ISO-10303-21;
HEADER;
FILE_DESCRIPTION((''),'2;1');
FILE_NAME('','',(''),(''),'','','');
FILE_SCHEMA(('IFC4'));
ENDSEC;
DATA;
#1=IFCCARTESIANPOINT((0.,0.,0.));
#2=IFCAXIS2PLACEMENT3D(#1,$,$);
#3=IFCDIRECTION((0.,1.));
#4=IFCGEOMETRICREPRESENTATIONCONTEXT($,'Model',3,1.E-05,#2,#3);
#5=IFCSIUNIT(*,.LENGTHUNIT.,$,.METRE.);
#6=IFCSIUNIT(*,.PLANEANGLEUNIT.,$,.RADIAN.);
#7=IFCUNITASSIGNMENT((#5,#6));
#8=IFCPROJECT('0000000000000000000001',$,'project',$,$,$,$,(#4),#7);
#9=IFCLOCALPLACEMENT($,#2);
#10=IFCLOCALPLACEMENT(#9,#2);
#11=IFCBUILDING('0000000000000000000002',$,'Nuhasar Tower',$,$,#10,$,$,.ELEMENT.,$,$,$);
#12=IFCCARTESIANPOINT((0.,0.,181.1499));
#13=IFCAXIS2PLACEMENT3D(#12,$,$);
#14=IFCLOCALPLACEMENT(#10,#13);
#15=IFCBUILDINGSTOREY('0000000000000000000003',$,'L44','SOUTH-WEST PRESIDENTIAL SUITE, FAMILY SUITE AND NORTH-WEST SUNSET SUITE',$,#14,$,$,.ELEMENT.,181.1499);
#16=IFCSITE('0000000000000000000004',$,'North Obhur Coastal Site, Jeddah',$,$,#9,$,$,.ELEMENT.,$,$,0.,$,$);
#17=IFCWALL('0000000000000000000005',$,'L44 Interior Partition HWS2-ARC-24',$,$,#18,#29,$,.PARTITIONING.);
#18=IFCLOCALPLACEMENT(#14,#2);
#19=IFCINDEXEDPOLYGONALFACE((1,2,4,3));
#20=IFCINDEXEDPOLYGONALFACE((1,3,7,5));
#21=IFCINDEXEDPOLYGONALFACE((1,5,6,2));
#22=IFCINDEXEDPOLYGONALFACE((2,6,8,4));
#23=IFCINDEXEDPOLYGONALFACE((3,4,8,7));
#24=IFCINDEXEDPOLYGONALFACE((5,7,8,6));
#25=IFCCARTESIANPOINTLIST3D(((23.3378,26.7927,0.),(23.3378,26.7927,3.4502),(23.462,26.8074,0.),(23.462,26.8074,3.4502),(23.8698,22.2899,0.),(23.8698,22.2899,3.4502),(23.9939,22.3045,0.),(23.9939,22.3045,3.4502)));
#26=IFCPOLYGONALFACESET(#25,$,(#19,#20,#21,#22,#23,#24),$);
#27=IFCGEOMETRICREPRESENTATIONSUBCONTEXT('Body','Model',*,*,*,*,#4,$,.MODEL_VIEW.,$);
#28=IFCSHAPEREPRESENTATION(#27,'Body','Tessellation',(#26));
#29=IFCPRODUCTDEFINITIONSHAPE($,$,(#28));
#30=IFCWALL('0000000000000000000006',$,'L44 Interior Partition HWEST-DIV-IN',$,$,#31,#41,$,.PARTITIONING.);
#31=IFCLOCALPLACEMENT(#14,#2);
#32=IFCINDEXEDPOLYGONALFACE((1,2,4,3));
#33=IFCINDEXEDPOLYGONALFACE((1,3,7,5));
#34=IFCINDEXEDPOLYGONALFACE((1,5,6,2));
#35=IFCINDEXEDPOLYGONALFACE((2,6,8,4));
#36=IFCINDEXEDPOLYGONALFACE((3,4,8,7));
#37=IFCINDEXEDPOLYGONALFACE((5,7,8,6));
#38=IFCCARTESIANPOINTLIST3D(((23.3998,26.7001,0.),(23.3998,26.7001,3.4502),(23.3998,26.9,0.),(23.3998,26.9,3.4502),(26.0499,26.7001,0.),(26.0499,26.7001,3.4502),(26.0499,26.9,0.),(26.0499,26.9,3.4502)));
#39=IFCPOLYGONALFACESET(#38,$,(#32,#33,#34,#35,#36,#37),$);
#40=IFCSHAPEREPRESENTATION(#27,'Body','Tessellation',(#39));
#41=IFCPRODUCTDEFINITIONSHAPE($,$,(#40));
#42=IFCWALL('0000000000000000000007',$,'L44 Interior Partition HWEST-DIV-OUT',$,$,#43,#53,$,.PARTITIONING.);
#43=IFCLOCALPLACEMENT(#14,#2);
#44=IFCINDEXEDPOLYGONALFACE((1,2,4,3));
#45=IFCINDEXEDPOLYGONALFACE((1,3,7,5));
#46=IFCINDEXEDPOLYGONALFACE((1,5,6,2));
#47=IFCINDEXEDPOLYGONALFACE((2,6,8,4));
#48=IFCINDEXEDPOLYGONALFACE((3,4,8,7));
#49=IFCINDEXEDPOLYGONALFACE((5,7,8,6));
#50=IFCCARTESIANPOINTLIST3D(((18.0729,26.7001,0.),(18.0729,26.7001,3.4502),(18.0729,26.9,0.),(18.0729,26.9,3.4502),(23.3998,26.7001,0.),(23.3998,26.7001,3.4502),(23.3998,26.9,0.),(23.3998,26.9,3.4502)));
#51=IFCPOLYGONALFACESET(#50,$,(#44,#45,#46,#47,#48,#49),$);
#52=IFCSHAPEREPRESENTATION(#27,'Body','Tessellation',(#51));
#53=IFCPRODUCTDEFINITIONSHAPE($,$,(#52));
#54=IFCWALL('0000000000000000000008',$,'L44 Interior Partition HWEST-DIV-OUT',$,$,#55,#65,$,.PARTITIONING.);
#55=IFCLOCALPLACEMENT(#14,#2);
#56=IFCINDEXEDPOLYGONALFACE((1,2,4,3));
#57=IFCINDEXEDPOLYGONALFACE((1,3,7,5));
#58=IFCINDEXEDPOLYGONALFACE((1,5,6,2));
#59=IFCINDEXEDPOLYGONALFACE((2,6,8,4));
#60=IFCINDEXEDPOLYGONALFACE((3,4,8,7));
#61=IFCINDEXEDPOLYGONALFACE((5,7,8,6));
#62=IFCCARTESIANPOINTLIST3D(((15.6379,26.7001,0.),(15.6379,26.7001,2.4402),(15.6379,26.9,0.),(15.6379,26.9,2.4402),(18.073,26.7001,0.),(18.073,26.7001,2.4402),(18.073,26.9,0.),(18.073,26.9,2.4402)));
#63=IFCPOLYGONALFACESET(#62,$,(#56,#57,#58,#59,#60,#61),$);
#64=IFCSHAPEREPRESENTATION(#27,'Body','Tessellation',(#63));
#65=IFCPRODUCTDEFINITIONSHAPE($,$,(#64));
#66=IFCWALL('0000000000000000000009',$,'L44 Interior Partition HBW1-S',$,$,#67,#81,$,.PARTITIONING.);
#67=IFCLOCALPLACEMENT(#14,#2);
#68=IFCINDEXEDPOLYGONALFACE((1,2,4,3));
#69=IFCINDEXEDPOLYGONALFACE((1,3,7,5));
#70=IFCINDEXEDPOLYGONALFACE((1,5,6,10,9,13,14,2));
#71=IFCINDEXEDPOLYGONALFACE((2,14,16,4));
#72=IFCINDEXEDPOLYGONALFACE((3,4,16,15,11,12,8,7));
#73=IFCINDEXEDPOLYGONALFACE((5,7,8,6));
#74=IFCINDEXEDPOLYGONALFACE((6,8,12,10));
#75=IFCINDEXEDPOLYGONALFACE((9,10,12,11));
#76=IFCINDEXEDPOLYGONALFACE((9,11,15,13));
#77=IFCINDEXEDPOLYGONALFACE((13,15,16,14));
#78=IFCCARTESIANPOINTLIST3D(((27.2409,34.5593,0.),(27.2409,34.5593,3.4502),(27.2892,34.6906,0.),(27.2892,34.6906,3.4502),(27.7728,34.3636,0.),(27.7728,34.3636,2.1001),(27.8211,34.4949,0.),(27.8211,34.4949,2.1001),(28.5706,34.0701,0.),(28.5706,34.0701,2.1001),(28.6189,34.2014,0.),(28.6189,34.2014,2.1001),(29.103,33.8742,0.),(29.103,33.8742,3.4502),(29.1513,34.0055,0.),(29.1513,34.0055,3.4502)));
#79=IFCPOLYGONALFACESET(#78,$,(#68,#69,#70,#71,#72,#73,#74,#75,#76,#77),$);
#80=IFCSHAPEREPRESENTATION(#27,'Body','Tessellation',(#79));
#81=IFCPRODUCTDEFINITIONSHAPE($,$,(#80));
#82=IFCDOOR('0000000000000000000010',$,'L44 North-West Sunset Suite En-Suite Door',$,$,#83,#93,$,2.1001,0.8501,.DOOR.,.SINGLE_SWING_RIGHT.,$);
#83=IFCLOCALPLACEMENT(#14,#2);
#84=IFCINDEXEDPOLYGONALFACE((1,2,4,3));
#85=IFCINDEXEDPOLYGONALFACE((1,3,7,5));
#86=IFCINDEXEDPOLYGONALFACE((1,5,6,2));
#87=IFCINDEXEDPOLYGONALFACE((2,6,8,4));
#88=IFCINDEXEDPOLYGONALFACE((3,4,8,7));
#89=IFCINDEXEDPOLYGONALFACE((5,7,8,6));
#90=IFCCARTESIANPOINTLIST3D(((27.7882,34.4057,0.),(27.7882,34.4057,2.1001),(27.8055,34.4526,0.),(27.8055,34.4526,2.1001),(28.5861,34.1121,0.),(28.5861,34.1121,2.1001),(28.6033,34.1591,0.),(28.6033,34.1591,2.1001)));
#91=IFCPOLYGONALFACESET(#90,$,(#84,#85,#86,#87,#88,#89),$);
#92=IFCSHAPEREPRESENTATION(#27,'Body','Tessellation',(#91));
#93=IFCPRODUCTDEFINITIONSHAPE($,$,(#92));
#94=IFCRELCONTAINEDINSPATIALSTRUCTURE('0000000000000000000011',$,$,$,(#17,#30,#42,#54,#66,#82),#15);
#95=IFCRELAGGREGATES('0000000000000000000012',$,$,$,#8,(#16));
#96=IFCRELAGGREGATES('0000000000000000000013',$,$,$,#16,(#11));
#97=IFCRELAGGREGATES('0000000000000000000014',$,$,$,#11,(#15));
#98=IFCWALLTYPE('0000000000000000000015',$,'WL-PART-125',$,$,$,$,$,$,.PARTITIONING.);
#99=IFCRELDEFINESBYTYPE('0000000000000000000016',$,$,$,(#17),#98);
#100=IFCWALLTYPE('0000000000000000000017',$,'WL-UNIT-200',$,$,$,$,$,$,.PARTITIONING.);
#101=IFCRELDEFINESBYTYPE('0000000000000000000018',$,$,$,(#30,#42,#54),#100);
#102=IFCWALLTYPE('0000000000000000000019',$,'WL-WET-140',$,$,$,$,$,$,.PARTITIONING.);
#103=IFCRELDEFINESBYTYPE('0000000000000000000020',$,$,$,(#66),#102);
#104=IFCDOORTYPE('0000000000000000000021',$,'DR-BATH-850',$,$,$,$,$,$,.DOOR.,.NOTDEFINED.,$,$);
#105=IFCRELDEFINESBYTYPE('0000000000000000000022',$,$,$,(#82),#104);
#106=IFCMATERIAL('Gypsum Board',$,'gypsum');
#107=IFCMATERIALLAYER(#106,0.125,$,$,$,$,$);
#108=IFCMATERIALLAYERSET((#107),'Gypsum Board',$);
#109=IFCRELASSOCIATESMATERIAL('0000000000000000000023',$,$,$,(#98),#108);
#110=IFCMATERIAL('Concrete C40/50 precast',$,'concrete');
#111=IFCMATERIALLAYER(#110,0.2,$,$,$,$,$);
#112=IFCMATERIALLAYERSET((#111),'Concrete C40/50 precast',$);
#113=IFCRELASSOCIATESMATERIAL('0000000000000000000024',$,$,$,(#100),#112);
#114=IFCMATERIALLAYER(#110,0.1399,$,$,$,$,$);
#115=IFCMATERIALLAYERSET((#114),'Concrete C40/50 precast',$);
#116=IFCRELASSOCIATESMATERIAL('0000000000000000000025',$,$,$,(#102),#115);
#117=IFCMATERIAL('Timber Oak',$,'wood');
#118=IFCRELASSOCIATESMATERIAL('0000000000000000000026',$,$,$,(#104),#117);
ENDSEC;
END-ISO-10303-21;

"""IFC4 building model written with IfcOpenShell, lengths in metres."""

from ifc_helpers import new_model, si_unit, direction, frame, frame_2d, origin, place, context, subcontext, project, spatial, rectangle, extrude, material, layer, layer_set, type_object, element, fill, save


model = new_model("IFC4")

# Units and contexts
model_context = context("Model", 3, precision=1e-05, world=origin(), true_north=direction((0.0, 1.0)))
body_context = subcontext(model_context, "Body", "Model", "MODEL_VIEW")
ifc_project = project(units=[si_unit("LENGTHUNIT", "METRE"), si_unit("PLANEANGLEUNIT", "RADIAN")], contexts=[model_context])

# Site, building, storey
site_placement = place(None, origin())
site = spatial("IfcSite", under=ifc_project, at=site_placement, Name="North Obhur Coastal Site, Jeddah", CompositionType="ELEMENT", RefElevation=0.0)
building_placement = place(site_placement, origin())
building = spatial("IfcBuilding", under=site, at=building_placement, Name="Nuhasar Tower", CompositionType="ELEMENT")
storey_placement = place(building_placement, frame((0.0, 0.0, 181.1499)))
storey = spatial("IfcBuildingStorey", under=building, at=storey_placement, Name="L44", Description="SOUTH-WEST PRESIDENTIAL SUITE, FAMILY SUITE AND NORTH-WEST SUNSET SUITE", CompositionType="ELEMENT", Elevation=181.1499)

# Shared definitions
ifc_material_1 = material(Name="Gypsum Board", Category="gypsum")
ifc_material_2 = material(Name="Timber Oak", Category="wood")

# Shared definitions
ifc_layer_1 = layer(ifc_material_1, 0.125)
ifc_layer_set_1 = layer_set([ifc_layer_1], Name="Gypsum Board")
wall_type_1 = type_object("IfcWallType", Name="WL-PART-125", PredefinedType="PARTITIONING", material=ifc_layer_set_1)

# Walls
for number, where, z_axis, x_axis, name in (
    (1, (23.3999, 26.8, 0.0), (0.0, 0.0, 1.0), (0.117325, -0.993094, 0.0), "L44 Interior Partition HWS2-ARC-24"),
):
    element("IfcWall", number, at=place(storey_placement, frame(where, z_axis=z_axis, x_axis=x_axis)), inside=storey, type_object=wall_type_1, Name=name, PredefinedType="PARTITIONING", context=body_context, shape_type="SweptSolid", body=[
        extrude(rectangle(XDim=4.5342, YDim=0.125, at=frame_2d((2.2671, 0.0))), origin(), (0.0, 0.0, 1.0), 3.4502),
    ])
ifc_material_3 = material(Name="Concrete C40/50 precast", Category="concrete")
ifc_layer_2 = layer(ifc_material_3, 0.2)
ifc_layer_set_2 = layer_set([ifc_layer_2], Name="Concrete C40/50 precast")
wall_type_2 = type_object("IfcWallType", Name="WL-UNIT-200", PredefinedType="PARTITIONING", material=ifc_layer_set_2)
wall_1_placement = place(storey_placement, frame((26.05, 26.8, 0.0), z_axis=(0.0, 0.0, 1.0), x_axis=(-1.0, 0.0, 0.0)))
element("IfcWall", 2, at=wall_1_placement, inside=storey, type_object=wall_type_2, Name="L44 Interior Partition HWEST-DIV-IN", PredefinedType="PARTITIONING", context=body_context, shape_type="SweptSolid", body=[
    extrude(rectangle(XDim=2.6501, YDim=0.2, at=frame_2d((1.3252, 0.0))), origin(), (0.0, 0.0, 1.0), 3.4502),
])
wall_2_placement = place(storey_placement, frame((23.3999, 26.8, 0.0), z_axis=(0.0, 0.0, 1.0), x_axis=(-1.0, 0.0, 0.0)))
element("IfcWall", 3, at=wall_2_placement, inside=storey, type_object=wall_type_2, Name="L44 Interior Partition HWEST-DIV-OUT", PredefinedType="PARTITIONING", context=body_context, shape_type="SweptSolid", body=[
    extrude(rectangle(XDim=5.3269, YDim=0.2, at=frame_2d((2.6636, 0.0))), origin(), (0.0, 0.0, 1.0), 3.4502),
])
wall_3_placement = place(storey_placement, frame((18.073, 26.8, 0.0), z_axis=(0.0, 0.0, 1.0), x_axis=(-1.0, 0.0, 0.0)))
element("IfcWall", 4, at=wall_3_placement, inside=storey, type_object=wall_type_2, Name="L44 Interior Partition HWEST-DIV-OUT", PredefinedType="PARTITIONING", context=body_context, shape_type="SweptSolid", body=[
    extrude(rectangle(XDim=2.4351, YDim=0.2, at=frame_2d((1.2175, 0.0))), origin(), (0.0, 0.0, 1.0), 2.4402),
])

# Wall, opening, door
ifc_layer_3 = layer(ifc_material_3, 0.1399)
ifc_layer_set_3 = layer_set([ifc_layer_3], Name="Concrete C40/50 precast")
wall_type_3 = type_object("IfcWallType", Name="WL-WET-140", PredefinedType="PARTITIONING", material=ifc_layer_set_3)
wall_4_placement = place(storey_placement, frame((27.2649, 34.625, 0.0), z_axis=(0.0, 0.0, 1.0), x_axis=(0.938501, -0.345278, 0.0)))
wall_4 = element("IfcWall", 5, at=wall_4_placement, inside=storey, type_object=wall_type_3, Name="L44 Interior Partition HBW1-S", PredefinedType="PARTITIONING", context=body_context, shape_type="SweptSolid", body=[
    extrude(rectangle(XDim=1.9841, YDim=0.1399, at=frame_2d((0.9922, 0.0))), origin(), (0.0, 0.0, 1.0), 3.4502),
])
opening_1_placement = place(wall_4_placement, frame((0.5669, 0.0, 0.0)))
opening_1 = element("IfcOpeningElement", 6, at=opening_1_placement, cuts=wall_4, PredefinedType="OPENING", context=body_context, shape_type="SweptSolid", body=[
    extrude(rectangle(XDim=0.8501, YDim=2.1001, at=frame_2d((0.425, 1.05))), frame((0.0, 0.0801, 0.0), z_axis=(0.0, -1.0, 0.0), x_axis=(1.0, 0.0, 0.0)), (0.0, 0.0, 1.0), 0.1599),
])
door_type_1 = type_object("IfcDoorType", Name="DR-BATH-850", OperationType="NOTDEFINED", PredefinedType="DOOR", material=ifc_material_2)
door_1_placement = place(opening_1_placement, origin())
door_1 = element("IfcDoor", 7, at=door_1_placement, inside=storey, type_object=door_type_1, Name="L44 North-West Sunset Suite En-Suite Door", OperationType="SINGLE_SWING_RIGHT", OverallHeight=2.1001, OverallWidth=0.8501, PredefinedType="DOOR", context=body_context, shape_type="SweptSolid", body=[
    extrude(rectangle(XDim=0.8501, YDim=2.1001, at=frame_2d((0.425, 1.05))), frame((0.0, 0.0249, 0.0), z_axis=(0.0, -1.0, 0.0), x_axis=(1.0, 0.0, 0.0)), (0.0, 0.0, 1.0), 0.05),
])
fill(opening_1, door_1)

save(model, "model.ifc")
